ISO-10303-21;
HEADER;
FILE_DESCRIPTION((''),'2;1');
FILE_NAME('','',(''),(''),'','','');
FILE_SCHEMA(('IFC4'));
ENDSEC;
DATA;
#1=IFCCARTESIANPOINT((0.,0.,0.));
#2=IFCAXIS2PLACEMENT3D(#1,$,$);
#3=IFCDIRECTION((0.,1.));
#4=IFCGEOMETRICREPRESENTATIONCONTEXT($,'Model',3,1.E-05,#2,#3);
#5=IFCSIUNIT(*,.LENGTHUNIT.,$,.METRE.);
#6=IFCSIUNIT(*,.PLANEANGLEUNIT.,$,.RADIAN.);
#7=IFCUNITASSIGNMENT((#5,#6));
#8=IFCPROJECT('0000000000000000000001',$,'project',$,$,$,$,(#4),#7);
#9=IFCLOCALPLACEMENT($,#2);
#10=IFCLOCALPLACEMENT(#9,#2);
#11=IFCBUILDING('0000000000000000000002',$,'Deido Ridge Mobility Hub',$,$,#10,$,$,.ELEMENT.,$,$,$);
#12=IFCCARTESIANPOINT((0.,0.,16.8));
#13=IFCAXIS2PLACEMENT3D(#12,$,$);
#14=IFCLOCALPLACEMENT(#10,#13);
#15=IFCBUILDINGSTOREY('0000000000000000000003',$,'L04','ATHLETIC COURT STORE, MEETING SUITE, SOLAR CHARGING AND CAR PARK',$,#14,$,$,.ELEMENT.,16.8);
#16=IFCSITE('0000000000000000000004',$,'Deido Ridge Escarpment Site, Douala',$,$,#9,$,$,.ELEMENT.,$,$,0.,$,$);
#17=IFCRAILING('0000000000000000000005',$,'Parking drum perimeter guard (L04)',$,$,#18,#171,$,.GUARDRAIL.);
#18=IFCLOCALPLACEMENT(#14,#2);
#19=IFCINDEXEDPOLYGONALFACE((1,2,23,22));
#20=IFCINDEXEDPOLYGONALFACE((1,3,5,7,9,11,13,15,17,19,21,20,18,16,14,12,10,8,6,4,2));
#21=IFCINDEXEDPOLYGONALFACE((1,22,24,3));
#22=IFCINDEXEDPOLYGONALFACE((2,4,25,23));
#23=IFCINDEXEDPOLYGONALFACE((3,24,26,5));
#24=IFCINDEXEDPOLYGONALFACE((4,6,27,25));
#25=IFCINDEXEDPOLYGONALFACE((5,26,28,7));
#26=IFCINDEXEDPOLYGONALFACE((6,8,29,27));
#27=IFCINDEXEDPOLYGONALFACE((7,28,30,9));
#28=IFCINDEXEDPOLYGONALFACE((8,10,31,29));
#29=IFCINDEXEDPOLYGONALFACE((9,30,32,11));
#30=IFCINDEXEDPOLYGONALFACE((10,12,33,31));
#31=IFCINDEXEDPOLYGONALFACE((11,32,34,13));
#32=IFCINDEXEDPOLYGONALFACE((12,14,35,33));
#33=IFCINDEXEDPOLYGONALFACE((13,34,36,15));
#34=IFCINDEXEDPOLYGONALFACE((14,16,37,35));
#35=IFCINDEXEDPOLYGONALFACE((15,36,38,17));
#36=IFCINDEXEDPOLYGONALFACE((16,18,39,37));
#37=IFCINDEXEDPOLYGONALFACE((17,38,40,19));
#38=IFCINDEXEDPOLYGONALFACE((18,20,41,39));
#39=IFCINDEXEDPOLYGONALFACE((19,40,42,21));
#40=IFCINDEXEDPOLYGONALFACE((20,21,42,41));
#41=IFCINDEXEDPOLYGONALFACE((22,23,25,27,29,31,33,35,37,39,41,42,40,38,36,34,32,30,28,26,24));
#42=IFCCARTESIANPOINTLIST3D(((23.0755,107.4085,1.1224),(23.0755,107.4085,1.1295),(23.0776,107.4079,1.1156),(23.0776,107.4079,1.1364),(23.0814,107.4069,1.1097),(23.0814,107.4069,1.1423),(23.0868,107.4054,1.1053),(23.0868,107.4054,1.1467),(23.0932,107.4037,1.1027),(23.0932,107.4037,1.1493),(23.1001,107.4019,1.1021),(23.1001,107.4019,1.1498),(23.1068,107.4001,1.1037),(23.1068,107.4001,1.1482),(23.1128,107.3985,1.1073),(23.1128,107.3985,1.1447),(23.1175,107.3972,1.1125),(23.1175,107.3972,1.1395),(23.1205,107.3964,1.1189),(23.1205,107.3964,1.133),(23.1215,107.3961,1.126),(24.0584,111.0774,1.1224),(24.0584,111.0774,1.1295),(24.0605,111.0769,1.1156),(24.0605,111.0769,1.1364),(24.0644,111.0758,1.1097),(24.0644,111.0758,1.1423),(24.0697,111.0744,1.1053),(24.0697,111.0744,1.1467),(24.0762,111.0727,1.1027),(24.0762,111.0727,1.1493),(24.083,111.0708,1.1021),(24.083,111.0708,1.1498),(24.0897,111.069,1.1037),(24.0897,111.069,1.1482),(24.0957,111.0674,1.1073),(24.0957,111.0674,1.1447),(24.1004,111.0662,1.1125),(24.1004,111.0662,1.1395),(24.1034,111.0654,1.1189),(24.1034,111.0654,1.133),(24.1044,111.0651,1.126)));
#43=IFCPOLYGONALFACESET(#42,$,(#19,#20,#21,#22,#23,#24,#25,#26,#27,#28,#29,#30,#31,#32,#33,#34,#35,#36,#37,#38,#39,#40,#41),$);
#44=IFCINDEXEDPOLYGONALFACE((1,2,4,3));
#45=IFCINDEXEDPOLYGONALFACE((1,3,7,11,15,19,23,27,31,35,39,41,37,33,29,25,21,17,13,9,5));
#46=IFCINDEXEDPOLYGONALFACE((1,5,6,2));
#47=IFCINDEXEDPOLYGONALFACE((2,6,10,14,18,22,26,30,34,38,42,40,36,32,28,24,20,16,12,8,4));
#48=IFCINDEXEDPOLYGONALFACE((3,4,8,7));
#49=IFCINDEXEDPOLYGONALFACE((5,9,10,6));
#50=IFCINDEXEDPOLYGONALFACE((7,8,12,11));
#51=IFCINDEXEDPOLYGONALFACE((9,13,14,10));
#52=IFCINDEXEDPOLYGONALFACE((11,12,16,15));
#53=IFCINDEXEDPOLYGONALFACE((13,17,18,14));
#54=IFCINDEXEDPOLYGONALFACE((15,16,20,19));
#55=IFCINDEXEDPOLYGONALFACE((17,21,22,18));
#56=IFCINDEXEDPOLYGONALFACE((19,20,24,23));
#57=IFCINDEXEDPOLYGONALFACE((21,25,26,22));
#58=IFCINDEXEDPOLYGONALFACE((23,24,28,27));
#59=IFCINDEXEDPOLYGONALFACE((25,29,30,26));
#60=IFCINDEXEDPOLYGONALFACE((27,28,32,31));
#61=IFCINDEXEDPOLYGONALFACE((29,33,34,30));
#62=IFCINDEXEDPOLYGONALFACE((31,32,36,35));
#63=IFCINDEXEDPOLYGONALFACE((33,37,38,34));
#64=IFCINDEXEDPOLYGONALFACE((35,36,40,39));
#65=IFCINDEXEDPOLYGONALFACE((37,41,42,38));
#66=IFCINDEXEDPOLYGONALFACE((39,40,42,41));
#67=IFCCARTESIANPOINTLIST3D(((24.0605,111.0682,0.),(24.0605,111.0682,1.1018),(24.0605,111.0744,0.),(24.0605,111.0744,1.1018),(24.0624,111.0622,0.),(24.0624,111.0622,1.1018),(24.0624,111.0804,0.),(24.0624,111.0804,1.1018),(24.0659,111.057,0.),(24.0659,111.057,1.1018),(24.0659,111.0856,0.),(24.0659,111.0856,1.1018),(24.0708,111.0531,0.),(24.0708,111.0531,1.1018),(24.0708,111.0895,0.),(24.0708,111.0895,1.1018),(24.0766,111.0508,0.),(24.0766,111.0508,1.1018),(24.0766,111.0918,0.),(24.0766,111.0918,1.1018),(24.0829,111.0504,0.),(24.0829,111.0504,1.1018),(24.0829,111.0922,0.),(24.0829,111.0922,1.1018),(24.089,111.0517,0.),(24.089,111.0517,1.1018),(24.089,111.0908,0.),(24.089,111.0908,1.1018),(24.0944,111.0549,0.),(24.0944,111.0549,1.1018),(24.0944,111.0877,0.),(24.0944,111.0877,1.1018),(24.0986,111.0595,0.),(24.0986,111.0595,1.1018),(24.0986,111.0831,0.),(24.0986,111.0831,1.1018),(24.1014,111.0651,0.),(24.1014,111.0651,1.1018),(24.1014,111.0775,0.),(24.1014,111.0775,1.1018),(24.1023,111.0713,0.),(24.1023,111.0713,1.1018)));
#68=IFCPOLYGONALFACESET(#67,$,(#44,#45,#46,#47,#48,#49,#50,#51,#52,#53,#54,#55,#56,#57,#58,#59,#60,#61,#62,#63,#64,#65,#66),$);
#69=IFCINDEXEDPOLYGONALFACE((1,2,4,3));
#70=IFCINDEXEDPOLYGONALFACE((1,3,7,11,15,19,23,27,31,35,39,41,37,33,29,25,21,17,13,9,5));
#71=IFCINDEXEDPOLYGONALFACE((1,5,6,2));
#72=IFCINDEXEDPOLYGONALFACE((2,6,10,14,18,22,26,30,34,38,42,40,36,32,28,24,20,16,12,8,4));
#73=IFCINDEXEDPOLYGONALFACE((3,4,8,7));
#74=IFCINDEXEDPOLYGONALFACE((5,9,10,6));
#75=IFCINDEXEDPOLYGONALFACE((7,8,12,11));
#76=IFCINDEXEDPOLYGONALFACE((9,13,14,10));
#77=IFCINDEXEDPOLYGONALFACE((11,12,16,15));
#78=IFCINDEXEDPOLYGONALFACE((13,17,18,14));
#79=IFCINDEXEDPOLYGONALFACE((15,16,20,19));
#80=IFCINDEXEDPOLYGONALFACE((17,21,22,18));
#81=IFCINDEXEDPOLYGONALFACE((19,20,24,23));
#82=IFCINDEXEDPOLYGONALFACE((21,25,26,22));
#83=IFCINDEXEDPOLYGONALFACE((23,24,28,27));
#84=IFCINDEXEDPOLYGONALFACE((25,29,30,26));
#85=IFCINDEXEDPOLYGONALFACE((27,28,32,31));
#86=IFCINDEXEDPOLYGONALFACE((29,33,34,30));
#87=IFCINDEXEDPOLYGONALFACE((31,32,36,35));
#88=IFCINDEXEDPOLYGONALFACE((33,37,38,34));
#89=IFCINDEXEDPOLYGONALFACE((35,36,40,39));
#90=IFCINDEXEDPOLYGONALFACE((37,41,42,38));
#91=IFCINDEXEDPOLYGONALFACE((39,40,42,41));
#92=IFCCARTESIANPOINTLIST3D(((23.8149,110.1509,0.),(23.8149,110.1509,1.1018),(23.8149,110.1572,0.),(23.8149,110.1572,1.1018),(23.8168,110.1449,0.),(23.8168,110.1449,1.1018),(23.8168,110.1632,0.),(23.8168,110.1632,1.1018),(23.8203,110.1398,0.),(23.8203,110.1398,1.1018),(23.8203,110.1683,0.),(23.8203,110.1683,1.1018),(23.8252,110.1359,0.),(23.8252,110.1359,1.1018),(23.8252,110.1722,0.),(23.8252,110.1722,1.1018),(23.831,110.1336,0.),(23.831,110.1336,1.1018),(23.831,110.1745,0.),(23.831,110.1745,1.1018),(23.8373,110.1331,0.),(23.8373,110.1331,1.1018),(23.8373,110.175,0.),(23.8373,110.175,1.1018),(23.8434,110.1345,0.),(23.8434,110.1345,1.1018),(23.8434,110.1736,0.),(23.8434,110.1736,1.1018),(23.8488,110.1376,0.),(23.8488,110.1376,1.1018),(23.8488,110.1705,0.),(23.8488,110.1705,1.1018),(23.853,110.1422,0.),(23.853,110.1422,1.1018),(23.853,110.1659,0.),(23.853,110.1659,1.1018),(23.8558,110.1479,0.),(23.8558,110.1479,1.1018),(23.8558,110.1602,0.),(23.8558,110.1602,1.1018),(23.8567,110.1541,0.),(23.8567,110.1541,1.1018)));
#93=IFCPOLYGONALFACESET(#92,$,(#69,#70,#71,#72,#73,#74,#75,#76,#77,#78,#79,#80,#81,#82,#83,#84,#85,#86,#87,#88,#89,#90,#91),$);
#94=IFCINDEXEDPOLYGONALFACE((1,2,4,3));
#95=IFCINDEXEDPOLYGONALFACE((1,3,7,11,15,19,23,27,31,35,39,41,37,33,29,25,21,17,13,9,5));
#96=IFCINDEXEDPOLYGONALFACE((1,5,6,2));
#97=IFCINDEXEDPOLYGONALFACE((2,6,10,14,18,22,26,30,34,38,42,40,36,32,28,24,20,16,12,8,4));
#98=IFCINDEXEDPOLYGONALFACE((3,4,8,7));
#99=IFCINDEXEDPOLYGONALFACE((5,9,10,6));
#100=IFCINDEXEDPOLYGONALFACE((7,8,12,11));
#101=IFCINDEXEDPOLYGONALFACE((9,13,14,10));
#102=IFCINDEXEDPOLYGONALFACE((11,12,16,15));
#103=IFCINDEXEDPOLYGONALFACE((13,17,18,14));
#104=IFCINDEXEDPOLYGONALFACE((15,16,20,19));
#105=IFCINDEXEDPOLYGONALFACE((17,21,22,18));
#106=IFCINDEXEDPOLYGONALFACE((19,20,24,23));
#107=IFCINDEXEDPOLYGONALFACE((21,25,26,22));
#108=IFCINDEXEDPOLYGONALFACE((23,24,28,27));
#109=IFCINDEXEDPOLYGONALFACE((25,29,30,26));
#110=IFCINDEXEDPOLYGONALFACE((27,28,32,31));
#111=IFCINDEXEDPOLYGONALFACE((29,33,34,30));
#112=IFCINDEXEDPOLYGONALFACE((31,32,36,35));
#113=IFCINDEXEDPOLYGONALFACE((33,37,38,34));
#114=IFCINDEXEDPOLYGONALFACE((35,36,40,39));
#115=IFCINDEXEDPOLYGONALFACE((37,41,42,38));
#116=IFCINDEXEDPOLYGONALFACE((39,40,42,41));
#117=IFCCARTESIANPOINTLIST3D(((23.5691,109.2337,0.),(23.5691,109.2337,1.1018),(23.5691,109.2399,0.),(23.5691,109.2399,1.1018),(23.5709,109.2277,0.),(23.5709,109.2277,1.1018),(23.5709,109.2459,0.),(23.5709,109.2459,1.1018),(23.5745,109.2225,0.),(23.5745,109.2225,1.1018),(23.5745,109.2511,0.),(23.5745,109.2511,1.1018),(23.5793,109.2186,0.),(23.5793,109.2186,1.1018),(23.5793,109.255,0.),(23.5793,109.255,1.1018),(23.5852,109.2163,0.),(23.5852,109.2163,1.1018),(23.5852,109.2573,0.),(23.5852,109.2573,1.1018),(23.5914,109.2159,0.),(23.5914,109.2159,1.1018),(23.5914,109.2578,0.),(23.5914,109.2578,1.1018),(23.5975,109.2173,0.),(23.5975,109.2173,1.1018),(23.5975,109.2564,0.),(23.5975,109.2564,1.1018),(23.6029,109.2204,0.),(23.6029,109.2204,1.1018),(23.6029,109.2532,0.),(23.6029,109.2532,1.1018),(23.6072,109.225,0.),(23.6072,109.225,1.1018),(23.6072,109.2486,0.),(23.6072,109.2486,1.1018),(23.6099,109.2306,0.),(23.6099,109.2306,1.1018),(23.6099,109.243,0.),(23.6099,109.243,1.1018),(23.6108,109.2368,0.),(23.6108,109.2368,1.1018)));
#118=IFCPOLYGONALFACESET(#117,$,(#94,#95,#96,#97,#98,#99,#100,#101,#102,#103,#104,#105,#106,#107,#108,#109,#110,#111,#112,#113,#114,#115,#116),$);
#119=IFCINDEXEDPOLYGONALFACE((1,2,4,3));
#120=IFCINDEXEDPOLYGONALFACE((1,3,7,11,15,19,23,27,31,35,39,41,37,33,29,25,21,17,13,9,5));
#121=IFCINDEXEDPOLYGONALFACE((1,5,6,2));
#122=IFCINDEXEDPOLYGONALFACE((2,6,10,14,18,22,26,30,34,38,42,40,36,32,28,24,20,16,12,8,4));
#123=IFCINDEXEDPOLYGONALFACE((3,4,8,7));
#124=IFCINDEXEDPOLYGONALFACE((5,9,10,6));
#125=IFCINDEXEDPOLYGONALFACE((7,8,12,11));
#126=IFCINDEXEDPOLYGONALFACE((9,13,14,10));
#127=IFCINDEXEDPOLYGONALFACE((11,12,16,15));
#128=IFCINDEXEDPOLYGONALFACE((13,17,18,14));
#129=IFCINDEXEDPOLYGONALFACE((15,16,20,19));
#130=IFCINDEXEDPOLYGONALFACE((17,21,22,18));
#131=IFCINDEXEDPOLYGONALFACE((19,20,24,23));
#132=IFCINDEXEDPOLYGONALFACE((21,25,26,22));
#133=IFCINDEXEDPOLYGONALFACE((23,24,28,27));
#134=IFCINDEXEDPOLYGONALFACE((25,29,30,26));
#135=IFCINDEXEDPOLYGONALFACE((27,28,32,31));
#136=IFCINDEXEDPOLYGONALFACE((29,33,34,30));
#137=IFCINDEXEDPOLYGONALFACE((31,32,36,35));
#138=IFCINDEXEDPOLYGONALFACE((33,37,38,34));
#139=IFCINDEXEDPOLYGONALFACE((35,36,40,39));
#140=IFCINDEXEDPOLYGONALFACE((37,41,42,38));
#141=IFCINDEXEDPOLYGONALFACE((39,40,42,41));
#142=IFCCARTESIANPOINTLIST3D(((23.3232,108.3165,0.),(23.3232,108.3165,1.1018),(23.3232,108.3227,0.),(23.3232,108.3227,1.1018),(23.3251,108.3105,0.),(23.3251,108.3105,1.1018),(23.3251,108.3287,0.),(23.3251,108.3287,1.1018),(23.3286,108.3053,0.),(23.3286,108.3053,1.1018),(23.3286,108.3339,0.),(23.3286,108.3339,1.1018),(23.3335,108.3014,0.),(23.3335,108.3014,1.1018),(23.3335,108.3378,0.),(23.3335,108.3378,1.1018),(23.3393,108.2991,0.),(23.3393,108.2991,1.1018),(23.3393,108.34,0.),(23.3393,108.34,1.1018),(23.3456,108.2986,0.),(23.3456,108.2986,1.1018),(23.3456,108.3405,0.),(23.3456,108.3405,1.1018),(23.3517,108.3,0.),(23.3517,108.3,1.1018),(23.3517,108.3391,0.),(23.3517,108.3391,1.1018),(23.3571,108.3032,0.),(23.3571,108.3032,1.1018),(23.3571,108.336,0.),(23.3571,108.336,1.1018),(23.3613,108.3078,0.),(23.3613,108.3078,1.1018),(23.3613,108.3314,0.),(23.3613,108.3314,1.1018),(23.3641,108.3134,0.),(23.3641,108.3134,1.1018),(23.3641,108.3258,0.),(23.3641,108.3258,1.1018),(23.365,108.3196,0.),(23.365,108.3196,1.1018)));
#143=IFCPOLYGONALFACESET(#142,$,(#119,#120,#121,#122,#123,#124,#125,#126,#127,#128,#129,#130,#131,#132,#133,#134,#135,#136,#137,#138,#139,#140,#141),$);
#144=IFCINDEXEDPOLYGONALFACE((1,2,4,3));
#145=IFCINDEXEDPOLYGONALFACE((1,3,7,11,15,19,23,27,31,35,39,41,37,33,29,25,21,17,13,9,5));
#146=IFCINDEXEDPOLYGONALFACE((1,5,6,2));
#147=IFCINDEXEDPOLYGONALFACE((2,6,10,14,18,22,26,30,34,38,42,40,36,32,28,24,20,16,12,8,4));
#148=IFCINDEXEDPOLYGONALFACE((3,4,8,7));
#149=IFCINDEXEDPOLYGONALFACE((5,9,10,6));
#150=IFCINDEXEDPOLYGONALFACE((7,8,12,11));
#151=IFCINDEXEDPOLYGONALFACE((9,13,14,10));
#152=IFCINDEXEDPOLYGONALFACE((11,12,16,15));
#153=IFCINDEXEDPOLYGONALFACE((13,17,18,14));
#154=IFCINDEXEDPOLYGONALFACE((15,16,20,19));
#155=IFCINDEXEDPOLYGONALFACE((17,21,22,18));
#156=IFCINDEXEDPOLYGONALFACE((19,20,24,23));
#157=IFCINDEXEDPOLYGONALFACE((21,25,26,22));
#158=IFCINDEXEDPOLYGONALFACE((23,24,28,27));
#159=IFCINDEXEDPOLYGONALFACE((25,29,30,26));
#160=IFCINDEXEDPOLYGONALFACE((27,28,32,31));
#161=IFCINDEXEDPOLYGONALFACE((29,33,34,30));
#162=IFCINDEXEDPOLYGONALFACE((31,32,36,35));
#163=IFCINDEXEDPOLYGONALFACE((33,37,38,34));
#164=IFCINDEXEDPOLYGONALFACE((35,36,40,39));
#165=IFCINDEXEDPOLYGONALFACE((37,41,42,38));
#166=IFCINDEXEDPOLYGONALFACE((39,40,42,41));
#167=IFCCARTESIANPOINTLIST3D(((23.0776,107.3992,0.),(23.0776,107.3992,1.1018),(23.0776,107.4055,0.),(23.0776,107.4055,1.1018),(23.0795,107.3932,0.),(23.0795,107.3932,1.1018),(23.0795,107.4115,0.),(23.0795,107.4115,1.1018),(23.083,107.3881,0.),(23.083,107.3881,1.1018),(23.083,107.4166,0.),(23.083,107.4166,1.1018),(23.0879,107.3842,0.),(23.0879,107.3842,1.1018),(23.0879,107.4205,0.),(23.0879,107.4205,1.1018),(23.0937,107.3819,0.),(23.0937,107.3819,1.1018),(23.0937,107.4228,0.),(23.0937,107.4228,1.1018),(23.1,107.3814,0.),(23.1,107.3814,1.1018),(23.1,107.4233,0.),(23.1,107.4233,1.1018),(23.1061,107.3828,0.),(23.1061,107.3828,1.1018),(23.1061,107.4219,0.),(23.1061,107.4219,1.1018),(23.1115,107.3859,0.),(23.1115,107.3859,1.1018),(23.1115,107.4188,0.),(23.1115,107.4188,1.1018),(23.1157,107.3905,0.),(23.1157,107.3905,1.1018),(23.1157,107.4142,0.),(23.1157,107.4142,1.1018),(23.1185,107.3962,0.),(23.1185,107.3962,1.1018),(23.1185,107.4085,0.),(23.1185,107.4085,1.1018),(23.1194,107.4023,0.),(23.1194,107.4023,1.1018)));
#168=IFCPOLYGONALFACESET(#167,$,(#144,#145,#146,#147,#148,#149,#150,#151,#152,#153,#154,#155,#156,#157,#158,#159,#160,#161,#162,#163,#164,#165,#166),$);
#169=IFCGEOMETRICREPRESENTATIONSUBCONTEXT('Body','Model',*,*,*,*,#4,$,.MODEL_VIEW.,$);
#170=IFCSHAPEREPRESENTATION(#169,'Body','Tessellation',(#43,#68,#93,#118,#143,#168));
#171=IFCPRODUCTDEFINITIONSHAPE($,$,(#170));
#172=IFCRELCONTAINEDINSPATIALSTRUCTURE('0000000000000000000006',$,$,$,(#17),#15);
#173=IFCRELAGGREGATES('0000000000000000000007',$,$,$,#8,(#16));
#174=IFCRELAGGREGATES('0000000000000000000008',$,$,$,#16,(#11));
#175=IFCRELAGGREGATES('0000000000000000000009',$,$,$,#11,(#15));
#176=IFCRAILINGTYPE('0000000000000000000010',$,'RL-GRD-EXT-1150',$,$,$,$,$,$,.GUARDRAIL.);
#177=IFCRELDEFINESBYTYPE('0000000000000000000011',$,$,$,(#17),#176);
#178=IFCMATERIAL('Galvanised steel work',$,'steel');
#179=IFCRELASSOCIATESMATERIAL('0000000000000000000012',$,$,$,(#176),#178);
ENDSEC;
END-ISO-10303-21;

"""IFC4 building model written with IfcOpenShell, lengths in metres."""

from ifc_helpers import new_model, si_unit, direction, frame, origin, origin_2d, place, context, subcontext, project, spatial, circle, extrude, material, type_object, element, save


model = new_model("IFC4")

# Units and contexts
model_context = context("Model", 3, precision=1e-05, world=origin(), true_north=direction((0.0, 1.0)))
body_context = subcontext(model_context, "Body", "Model", "MODEL_VIEW")
ifc_project = project(units=[si_unit("LENGTHUNIT", "METRE"), si_unit("PLANEANGLEUNIT", "RADIAN")], contexts=[model_context])

# Site, building, storey
site_placement = place(None, origin())
site = spatial("IfcSite", under=ifc_project, at=site_placement, Name="Deido Ridge Escarpment Site, Douala", CompositionType="ELEMENT", RefElevation=0.0)
building_placement = place(site_placement, origin())
building = spatial("IfcBuilding", under=site, at=building_placement, Name="Deido Ridge Mobility Hub", CompositionType="ELEMENT")
storey_placement = place(building_placement, frame((0.0, 0.0, 16.8)))
storey = spatial("IfcBuildingStorey", under=building, at=storey_placement, Name="L04", Description="ATHLETIC COURT STORE, MEETING SUITE, SOLAR CHARGING AND CAR PARK", CompositionType="ELEMENT", Elevation=16.8)

# Railing
ifc_material_1 = material(Name="Galvanised steel work", Category="steel")
railing_type = type_object("IfcRailingType", Name="RL-GRD-EXT-1150", PredefinedType="GUARDRAIL", material=ifc_material_1)
railing_1_placement = place(storey_placement, frame((24.0813, 111.0713, 0.0)))
element("IfcRailing", 1, at=railing_1_placement, inside=storey, type_object=railing_type, Name="Parking drum perimeter guard (L04)", PredefinedType="GUARDRAIL", context=body_context, shape_type="SweptSolid", body=[
    extrude(circle(Radius=0.0239, at=origin_2d()), frame((0.0, 0.0, 1.126), z_axis=(-0.258775, -0.965938, 0.0), x_axis=(0.965938, -0.258775, 0.0)), (0.0, 0.0, 1.0), 3.7983),
    extrude(circle(Radius=0.021, at=origin_2d()), origin(), (0.0, 0.0, 1.0), 1.1018),
    extrude(circle(Radius=0.021, at=origin_2d()), frame((-0.2456, -0.9172, 0.0)), (0.0, 0.0, 1.0), 1.1018),
    extrude(circle(Radius=0.021, at=origin_2d()), frame((-0.4915, -1.8345, 0.0)), (0.0, 0.0, 1.0), 1.1018),
    extrude(circle(Radius=0.021, at=origin_2d()), frame((-0.7373, -2.7517, 0.0)), (0.0, 0.0, 1.0), 1.1018),
    extrude(circle(Radius=0.021, at=origin_2d()), frame((-0.9829, -3.6689, 0.0)), (0.0, 0.0, 1.0), 1.1018),
])

save(model, "model.ifc")
